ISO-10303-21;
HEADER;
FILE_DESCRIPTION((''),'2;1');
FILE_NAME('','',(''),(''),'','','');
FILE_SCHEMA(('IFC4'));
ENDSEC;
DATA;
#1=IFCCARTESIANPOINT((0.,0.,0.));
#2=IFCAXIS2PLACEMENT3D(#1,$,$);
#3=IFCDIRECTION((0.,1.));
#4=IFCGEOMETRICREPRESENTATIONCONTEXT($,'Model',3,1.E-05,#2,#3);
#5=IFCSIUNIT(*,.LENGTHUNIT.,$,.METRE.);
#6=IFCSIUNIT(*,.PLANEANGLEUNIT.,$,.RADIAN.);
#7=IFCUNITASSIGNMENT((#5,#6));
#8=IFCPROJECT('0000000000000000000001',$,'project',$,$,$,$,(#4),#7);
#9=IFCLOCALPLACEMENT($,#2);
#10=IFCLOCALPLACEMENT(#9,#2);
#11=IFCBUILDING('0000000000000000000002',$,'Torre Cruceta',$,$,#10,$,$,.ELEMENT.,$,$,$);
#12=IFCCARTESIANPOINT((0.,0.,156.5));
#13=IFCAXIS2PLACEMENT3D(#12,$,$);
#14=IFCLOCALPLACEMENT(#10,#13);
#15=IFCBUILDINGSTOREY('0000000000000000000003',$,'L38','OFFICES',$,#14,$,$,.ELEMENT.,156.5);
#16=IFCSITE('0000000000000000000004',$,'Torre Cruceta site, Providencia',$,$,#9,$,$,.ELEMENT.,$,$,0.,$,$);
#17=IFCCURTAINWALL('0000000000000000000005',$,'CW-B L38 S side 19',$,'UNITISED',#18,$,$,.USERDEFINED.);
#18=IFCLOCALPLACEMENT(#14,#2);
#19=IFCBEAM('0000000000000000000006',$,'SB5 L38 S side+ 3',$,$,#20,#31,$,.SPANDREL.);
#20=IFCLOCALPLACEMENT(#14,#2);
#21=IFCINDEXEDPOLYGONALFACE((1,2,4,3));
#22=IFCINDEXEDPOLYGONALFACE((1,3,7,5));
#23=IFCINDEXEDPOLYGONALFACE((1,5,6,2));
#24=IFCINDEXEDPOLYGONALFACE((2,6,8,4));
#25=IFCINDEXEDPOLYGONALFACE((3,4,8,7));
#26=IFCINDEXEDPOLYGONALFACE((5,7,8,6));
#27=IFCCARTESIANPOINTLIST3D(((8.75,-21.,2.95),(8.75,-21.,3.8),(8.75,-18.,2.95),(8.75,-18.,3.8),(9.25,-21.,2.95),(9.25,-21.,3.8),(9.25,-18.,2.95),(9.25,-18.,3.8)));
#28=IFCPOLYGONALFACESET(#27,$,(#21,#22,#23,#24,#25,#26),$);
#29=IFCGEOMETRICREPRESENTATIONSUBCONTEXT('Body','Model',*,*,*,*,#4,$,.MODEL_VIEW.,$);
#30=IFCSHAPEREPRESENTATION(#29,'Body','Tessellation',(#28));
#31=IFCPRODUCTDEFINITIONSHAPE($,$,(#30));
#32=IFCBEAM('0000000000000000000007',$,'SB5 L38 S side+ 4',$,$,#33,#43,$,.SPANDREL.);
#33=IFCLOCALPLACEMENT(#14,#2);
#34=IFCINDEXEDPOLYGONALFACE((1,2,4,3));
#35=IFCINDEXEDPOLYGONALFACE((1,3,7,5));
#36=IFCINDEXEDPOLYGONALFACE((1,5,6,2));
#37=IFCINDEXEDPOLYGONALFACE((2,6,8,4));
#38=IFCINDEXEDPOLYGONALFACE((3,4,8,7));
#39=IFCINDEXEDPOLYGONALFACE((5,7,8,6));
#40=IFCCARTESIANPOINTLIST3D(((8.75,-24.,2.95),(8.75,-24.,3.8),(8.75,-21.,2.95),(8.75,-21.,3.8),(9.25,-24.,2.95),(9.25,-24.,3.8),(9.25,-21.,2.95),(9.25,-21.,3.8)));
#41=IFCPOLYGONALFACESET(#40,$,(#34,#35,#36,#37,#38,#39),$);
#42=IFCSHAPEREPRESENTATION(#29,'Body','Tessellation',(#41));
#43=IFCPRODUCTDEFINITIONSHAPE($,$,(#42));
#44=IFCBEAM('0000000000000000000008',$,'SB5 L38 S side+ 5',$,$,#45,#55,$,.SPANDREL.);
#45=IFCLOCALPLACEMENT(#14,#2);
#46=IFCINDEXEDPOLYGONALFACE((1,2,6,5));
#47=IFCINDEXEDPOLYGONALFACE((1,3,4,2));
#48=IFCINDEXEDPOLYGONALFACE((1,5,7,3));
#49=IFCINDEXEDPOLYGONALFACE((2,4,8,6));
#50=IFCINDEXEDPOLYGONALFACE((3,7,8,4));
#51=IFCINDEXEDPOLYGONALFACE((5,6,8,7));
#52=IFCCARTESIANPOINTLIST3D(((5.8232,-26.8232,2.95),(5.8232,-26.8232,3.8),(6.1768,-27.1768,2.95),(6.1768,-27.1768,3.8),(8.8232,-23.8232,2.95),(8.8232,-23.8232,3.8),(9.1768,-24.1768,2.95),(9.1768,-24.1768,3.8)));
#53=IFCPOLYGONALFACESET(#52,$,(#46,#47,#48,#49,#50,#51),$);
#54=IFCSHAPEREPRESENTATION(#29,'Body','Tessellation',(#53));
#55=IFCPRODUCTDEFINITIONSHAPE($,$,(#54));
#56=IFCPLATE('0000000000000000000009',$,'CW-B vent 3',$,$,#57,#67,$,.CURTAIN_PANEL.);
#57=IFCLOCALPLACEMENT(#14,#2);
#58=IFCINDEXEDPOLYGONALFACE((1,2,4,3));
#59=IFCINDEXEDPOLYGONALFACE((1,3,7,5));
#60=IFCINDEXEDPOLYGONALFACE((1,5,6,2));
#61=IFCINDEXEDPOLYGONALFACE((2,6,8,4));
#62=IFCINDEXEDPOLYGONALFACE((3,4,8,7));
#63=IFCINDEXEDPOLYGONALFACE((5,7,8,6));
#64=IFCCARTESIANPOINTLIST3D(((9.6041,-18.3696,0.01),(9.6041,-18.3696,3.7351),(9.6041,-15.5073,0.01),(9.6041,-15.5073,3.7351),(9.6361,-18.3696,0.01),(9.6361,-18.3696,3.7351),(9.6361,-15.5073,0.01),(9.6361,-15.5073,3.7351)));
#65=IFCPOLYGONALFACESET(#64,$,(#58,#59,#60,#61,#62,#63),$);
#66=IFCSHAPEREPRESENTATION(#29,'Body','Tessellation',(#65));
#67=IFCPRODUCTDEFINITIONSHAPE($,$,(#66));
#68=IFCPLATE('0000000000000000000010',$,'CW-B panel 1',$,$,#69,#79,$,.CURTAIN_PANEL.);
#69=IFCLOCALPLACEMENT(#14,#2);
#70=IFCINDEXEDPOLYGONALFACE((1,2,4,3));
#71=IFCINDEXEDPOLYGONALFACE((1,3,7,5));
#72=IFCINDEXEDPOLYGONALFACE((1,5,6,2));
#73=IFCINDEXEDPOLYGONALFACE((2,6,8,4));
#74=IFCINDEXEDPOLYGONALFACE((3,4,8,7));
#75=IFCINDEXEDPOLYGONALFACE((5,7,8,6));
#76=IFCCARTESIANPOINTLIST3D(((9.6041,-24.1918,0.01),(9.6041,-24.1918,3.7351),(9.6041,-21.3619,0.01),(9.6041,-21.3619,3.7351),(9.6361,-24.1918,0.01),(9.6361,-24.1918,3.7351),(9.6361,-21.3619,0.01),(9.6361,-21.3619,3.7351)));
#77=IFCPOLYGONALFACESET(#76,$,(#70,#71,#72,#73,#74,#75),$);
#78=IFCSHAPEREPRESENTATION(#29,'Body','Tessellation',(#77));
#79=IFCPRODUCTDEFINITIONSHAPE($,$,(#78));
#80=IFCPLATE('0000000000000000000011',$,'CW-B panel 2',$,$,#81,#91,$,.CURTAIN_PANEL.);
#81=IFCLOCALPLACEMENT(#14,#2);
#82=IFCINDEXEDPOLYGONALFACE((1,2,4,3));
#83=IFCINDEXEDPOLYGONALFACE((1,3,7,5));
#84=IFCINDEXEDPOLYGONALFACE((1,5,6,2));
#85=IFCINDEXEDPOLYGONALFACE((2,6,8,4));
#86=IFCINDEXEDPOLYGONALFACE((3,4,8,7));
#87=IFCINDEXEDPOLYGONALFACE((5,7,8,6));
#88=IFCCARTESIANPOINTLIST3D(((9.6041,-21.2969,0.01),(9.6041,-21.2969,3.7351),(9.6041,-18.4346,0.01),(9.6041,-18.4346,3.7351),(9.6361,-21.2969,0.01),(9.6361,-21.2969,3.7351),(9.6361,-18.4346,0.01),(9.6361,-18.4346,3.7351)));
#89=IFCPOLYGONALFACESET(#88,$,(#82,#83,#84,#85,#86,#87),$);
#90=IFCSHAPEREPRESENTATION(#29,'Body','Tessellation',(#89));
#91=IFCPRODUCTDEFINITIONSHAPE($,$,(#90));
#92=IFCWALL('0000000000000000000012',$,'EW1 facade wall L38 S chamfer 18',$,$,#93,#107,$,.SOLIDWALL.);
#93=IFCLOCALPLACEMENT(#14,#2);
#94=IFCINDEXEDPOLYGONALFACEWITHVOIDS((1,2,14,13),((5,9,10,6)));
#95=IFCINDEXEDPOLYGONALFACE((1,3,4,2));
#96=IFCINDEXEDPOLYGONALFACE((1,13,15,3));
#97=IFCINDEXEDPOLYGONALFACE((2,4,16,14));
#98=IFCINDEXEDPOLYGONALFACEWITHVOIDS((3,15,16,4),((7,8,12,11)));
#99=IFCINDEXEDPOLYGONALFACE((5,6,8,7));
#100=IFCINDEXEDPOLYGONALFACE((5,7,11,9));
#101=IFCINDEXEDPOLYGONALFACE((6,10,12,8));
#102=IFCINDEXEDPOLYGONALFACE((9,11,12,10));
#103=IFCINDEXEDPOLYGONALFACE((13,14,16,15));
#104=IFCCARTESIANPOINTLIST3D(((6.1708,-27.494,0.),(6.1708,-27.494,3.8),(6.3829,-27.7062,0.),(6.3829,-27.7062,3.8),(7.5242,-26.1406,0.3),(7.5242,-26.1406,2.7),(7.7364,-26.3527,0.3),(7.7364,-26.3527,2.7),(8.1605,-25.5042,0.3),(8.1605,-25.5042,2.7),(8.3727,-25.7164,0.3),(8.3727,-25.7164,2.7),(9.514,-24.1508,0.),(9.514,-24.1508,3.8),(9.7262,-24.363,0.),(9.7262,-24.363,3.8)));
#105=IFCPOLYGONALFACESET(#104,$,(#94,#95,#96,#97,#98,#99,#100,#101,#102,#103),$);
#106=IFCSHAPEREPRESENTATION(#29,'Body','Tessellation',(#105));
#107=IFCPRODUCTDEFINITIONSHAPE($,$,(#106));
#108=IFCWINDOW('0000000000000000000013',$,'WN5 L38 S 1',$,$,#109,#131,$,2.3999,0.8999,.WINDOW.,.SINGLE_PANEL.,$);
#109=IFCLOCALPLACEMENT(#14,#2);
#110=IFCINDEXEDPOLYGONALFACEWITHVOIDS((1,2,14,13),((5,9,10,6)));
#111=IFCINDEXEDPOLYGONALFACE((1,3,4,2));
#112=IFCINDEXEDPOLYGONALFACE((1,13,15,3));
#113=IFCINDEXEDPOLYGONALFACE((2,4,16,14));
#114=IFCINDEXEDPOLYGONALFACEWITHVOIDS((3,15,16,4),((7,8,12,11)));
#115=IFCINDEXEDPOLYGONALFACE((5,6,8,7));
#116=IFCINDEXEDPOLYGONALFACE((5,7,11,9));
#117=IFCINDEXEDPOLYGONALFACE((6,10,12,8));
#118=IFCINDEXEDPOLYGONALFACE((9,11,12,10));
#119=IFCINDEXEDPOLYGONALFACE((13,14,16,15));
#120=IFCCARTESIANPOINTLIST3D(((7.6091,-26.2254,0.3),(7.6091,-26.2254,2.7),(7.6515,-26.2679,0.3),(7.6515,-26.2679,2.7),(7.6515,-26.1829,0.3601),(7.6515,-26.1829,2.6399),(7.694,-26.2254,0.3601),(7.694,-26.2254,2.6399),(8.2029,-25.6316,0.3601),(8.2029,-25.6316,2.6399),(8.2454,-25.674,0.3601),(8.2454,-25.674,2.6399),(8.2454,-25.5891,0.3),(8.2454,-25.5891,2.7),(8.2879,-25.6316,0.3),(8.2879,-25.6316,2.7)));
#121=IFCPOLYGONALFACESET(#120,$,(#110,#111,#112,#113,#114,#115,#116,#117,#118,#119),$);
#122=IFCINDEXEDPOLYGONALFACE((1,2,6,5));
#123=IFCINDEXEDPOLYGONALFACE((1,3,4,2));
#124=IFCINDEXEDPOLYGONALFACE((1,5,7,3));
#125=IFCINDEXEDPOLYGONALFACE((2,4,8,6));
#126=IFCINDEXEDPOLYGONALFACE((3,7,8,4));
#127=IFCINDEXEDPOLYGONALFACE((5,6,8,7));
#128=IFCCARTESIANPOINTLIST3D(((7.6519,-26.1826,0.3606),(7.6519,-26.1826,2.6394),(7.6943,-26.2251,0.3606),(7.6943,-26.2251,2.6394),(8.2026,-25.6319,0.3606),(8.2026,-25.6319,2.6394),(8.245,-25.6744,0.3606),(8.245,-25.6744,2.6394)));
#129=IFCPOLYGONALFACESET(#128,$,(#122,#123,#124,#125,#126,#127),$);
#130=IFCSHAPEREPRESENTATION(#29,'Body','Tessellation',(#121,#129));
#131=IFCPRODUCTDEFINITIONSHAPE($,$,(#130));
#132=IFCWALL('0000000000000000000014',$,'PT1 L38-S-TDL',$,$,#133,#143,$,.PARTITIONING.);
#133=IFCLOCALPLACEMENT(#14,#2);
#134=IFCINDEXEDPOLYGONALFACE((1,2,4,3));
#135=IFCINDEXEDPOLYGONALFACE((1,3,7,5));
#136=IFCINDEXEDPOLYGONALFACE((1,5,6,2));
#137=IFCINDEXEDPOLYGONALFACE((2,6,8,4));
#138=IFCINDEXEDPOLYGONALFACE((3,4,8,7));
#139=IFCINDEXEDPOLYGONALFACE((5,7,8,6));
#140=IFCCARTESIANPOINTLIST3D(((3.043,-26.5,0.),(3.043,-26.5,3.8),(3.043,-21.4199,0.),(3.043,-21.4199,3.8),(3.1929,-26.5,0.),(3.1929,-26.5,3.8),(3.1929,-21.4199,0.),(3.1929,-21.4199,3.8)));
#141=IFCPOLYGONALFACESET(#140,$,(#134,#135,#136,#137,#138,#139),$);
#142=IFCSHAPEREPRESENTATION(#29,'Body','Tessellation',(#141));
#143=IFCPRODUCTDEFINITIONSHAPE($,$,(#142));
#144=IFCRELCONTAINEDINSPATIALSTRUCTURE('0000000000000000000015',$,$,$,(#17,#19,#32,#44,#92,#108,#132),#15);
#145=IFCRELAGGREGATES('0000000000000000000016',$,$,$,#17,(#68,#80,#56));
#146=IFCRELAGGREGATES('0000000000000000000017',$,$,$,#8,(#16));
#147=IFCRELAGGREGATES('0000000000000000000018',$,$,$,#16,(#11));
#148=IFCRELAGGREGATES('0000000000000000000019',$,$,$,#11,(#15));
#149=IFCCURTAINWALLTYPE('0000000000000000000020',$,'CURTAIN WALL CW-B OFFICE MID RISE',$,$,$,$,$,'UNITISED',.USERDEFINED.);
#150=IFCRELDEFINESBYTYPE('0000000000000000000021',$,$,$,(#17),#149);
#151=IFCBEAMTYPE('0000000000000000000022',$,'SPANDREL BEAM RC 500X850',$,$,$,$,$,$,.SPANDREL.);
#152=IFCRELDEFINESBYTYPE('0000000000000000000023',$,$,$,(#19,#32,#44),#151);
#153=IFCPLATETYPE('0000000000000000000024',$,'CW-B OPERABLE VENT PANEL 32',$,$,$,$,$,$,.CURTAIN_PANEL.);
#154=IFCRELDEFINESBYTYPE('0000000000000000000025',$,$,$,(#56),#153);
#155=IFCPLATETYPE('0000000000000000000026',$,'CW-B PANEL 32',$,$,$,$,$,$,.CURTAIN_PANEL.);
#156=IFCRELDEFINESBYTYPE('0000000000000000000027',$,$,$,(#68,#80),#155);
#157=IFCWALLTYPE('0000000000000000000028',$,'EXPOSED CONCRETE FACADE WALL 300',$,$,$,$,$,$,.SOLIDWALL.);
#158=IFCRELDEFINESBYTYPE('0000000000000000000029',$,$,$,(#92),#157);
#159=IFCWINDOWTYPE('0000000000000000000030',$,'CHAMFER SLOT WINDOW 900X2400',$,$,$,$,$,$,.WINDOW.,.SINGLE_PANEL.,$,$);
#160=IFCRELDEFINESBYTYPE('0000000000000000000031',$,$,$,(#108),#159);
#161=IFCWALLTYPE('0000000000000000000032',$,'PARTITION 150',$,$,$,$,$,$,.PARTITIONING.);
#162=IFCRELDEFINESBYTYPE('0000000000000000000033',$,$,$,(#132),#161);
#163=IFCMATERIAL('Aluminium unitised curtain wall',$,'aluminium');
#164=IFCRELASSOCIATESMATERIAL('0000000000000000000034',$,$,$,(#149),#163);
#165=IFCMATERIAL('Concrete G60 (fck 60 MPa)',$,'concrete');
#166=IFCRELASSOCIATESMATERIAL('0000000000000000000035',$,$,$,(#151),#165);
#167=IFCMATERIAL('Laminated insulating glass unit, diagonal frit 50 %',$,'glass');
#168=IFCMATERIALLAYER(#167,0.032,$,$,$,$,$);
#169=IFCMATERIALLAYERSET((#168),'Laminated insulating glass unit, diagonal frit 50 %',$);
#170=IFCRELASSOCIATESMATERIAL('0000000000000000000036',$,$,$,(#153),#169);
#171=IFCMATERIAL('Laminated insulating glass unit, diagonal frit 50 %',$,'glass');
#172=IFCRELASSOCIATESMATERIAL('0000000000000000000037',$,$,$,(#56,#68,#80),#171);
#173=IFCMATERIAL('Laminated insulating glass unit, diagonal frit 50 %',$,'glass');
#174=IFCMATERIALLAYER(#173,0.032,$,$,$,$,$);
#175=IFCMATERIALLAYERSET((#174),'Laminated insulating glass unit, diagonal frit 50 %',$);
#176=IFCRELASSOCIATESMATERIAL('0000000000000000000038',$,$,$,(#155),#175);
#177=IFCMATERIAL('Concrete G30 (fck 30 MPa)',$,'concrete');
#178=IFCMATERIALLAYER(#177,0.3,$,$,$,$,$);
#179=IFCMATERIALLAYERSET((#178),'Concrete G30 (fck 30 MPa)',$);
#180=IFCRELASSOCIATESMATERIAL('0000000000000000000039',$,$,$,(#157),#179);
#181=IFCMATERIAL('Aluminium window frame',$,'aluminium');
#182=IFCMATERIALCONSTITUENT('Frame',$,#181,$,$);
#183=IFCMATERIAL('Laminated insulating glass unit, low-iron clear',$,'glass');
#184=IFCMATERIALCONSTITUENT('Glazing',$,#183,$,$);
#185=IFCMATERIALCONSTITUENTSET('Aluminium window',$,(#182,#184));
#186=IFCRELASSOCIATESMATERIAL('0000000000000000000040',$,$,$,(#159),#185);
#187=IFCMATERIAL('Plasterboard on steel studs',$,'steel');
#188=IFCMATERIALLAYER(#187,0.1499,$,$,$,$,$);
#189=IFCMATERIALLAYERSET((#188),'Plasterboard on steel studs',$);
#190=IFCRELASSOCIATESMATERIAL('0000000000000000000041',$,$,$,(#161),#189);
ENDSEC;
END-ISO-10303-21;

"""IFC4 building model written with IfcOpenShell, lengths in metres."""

from ifc_helpers import new_model, si_unit, direction, frame, frame_2d, origin, origin_2d, place, context, subcontext, project, spatial, rectangle, hollow_rectangle, extrude, material, layer, layer_set, constituent, constituent_set, material_profile, profile_set, type_object, element, fill, aggregate, save


model = new_model("IFC4")

# Units and contexts
model_context = context("Model", 3, precision=1e-05, world=origin(), true_north=direction((0.0, 1.0)))
body_context = subcontext(model_context, "Body", "Model", "MODEL_VIEW")
ifc_project = project(units=[si_unit("LENGTHUNIT", "METRE"), si_unit("PLANEANGLEUNIT", "RADIAN")], contexts=[model_context])

# Site, building, storey
site_placement = place(None, origin())
site = spatial("IfcSite", under=ifc_project, at=site_placement, Name="Torre Cruceta site, Providencia", CompositionType="ELEMENT", RefElevation=0.0)
building_placement = place(site_placement, origin())
building = spatial("IfcBuilding", under=site, at=building_placement, Name="Torre Cruceta", CompositionType="ELEMENT")
storey_placement = place(building_placement, frame((0.0, 0.0, 156.5)))
storey = spatial("IfcBuildingStorey", under=building, at=storey_placement, Name="L38", Description="OFFICES", CompositionType="ELEMENT", Elevation=156.5)

# Curtain wall
ifc_material_1 = material(Name="Aluminium unitised curtain wall", Category="aluminium")
curtain_wall_type = type_object("IfcCurtainWallType", Name="CURTAIN WALL CW-B OFFICE MID RISE", ElementType="UNITISED", PredefinedType="USERDEFINED", material=ifc_material_1)
curtain_wall_placement = place(storey_placement, origin())
curtain_wall = element("IfcCurtainWall", 1, at=curtain_wall_placement, inside=storey, type_object=curtain_wall_type, Name="CW-B L38 S side 19", ObjectType="UNITISED", PredefinedType="USERDEFINED")

# Beams
ifc_material_2 = material(Name="Concrete G60 (fck 60 MPa)", Category="concrete")
ifc_material_profile_1 = material_profile(ifc_material_2, rectangle(XDim=0.5, YDim=0.8501, at=origin_2d()), Name="RC 500X850")
ifc_profile_set_1 = profile_set([ifc_material_profile_1], Name="Concrete G60 (fck 60 MPa)")
beam_type_1 = type_object("IfcBeamType", Name="SPANDREL BEAM RC 500X850", PredefinedType="SPANDREL", material=ifc_profile_set_1)
for number, where, z_axis, x_axis, name in (
    (2, (9.0, -18.0, 3.375), (0.0, -1.0, 0.0), (1.0, 0.0, 0.0), "SB5 L38 S side+ 3"),
    (3, (9.0, -21.0, 3.375), (0.0, -1.0, 0.0), (1.0, 0.0, 0.0), "SB5 L38 S side+ 4"),
):
    element("IfcBeam", number, at=place(storey_placement, frame(where, z_axis=z_axis, x_axis=x_axis)), inside=storey, type_object=beam_type_1, Name=name, PredefinedType="SPANDREL", context=body_context, shape_type="SweptSolid", body=[
        extrude(rectangle(XDim=0.5, YDim=0.8501, at=origin_2d()), origin(), (0.0, 0.0, 1.0), 3.0),
    ])
beam_1_placement = place(storey_placement, frame((9.0, -24.0, 3.375), z_axis=(-0.707107, -0.707107, 0.0), x_axis=(0.707107, -0.707107, 0.0)))
element("IfcBeam", 4, at=beam_1_placement, inside=storey, type_object=beam_type_1, Name="SB5 L38 S side+ 5", PredefinedType="SPANDREL", context=body_context, shape_type="SweptSolid", body=[
    extrude(rectangle(XDim=0.5, YDim=0.8501, at=origin_2d()), origin(), (0.0, 0.0, 1.0), 4.2427),
])

# Plates
ifc_material_3 = material(Name="Laminated insulating glass unit, diagonal frit 50 %", Category="glass")
ifc_material_4 = material(Name="Laminated insulating glass unit, diagonal frit 50 %", Category="glass")
ifc_layer_1 = layer(ifc_material_4, 0.032)
ifc_layer_set_1 = layer_set([ifc_layer_1], Name="Laminated insulating glass unit, diagonal frit 50 %")
plate_type_1 = type_object("IfcPlateType", Name="CW-B OPERABLE VENT PANEL 32", PredefinedType="CURTAIN_PANEL", material=ifc_layer_set_1)
plate_1_placement = place(storey_placement, frame((9.6201, -16.9385, 0.01), z_axis=(0.0, 0.0, 1.0), x_axis=(0.0, 1.0, 0.0)))
plate_1 = element("IfcPlate", 5, at=plate_1_placement, type_object=plate_type_1, material=ifc_material_3, Name="CW-B vent 3", PredefinedType="CURTAIN_PANEL", context=body_context, shape_type="SweptSolid", body=[
    extrude(rectangle(XDim=2.8623, YDim=0.032, at=origin_2d()), origin(), (0.0, 0.0, 1.0), 3.7251),
])
ifc_material_5 = material(Name="Laminated insulating glass unit, diagonal frit 50 %", Category="glass")
ifc_layer_2 = layer(ifc_material_5, 0.032)
ifc_layer_set_2 = layer_set([ifc_layer_2], Name="Laminated insulating glass unit, diagonal frit 50 %")
plate_type_2 = type_object("IfcPlateType", Name="CW-B PANEL 32", PredefinedType="CURTAIN_PANEL", material=ifc_layer_set_2)
plate_2_placement = place(storey_placement, frame((9.6201, -22.7769, 0.01), z_axis=(0.0, 0.0, 1.0), x_axis=(0.0, 1.0, 0.0)))
plate_2 = element("IfcPlate", 6, at=plate_2_placement, type_object=plate_type_2, material=ifc_material_3, Name="CW-B panel 1", PredefinedType="CURTAIN_PANEL", context=body_context, shape_type="SweptSolid", body=[
    extrude(rectangle(XDim=2.8298, YDim=0.032, at=origin_2d()), origin(), (0.0, 0.0, 1.0), 3.7251),
])
plate_3_placement = place(storey_placement, frame((9.6201, -19.8657, 0.01), z_axis=(0.0, 0.0, 1.0), x_axis=(0.0, 1.0, 0.0)))
plate_3 = element("IfcPlate", 7, at=plate_3_placement, type_object=plate_type_2, material=ifc_material_3, Name="CW-B panel 2", PredefinedType="CURTAIN_PANEL", context=body_context, shape_type="SweptSolid", body=[
    extrude(rectangle(XDim=2.8623, YDim=0.032, at=origin_2d()), origin(), (0.0, 0.0, 1.0), 3.7251),
])
aggregate(curtain_wall, [plate_2, plate_3, plate_1])

# Wall, opening, window
ifc_material_6 = material(Name="Concrete G30 (fck 30 MPa)", Category="concrete")
ifc_layer_3 = layer(ifc_material_6, 0.3)
ifc_layer_set_3 = layer_set([ifc_layer_3], Name="Concrete G30 (fck 30 MPa)")
wall_type_1 = type_object("IfcWallType", Name="EXPOSED CONCRETE FACADE WALL 300", PredefinedType="SOLIDWALL", material=ifc_layer_set_3)
wall_1_placement = place(storey_placement, frame((6.2769, -27.6001, 0.0), z_axis=(0.0, 0.0, 1.0), x_axis=(0.707107, 0.707107, 0.0)))
wall_1 = element("IfcWall", 8, at=wall_1_placement, inside=storey, type_object=wall_type_1, Name="EW1 facade wall L38 S chamfer 18", PredefinedType="SOLIDWALL", context=body_context, shape_type="SweptSolid", body=[
    extrude(rectangle(XDim=4.728, YDim=0.3, at=frame_2d((2.364, 0.0))), origin(), (0.0, 0.0, 1.0), 3.8),
])
opening_1_placement = place(wall_1_placement, frame((1.9141, 0.0, 0.3)))
opening_1 = element("IfcOpeningElement", 9, at=opening_1_placement, cuts=wall_1, PredefinedType="OPENING", context=body_context, shape_type="SweptSolid", body=[
    extrude(rectangle(XDim=0.8999, YDim=2.3999, at=frame_2d((0.45, 1.2))), frame((0.0, 0.1599, 0.0), z_axis=(0.0, -1.0, 0.0), x_axis=(1.0, 0.0, 0.0)), (0.0, 0.0, 1.0), 0.3201),
])
ifc_material_7 = material(Name="Aluminium window frame", Category="aluminium")
ifc_constituent_1 = constituent(ifc_material_7, Name="Frame")
ifc_material_8 = material(Name="Laminated insulating glass unit, low-iron clear", Category="glass")
ifc_constituent_2 = constituent(ifc_material_8, Name="Glazing")
ifc_constituent_set_1 = constituent_set(constituents=[ifc_constituent_1, ifc_constituent_2], Name="Aluminium window")
window_type = type_object("IfcWindowType", Name="CHAMFER SLOT WINDOW 900X2400", PartitioningType="SINGLE_PANEL", PredefinedType="WINDOW", material=ifc_constituent_set_1)
window_placement = place(opening_1_placement, origin())
window = element("IfcWindow", 10, at=window_placement, inside=storey, type_object=window_type, Name="WN5 L38 S 1", OverallHeight=2.3999, OverallWidth=0.8999, PartitioningType="SINGLE_PANEL", PredefinedType="WINDOW", context=body_context, shape_type="SweptSolid", body=[
    extrude(hollow_rectangle(XDim=0.8999, YDim=2.3999, WallThickness=0.0601, at=frame_2d((0.45, 1.2))), frame((0.0, 0.03, 0.0), z_axis=(0.0, -1.0, 0.0), x_axis=(1.0, 0.0, 0.0)), (0.0, 0.0, 1.0), 0.0601),
    extrude(rectangle(XDim=0.7788, YDim=2.2788, at=frame_2d((0.45, 1.2))), frame((0.0, 0.03, 0.0), z_axis=(0.0, -1.0, 0.0), x_axis=(1.0, 0.0, 0.0)), (0.0, 0.0, 1.0), 0.0601),
])
fill(opening_1, window)

# Wall
ifc_material_9 = material(Name="Plasterboard on steel studs", Category="steel")
ifc_layer_4 = layer(ifc_material_9, 0.1499)
ifc_layer_set_4 = layer_set([ifc_layer_4], Name="Plasterboard on steel studs")
wall_type_2 = type_object("IfcWallType", Name="PARTITION 150", PredefinedType="PARTITIONING", material=ifc_layer_set_4)
wall_2_placement = place(storey_placement, frame((3.1179, -21.4199, 0.0), z_axis=(0.0, 0.0, 1.0), x_axis=(0.0, -1.0, 0.0)))
element("IfcWall", 11, at=wall_2_placement, inside=storey, type_object=wall_type_2, Name="PT1 L38-S-TDL", PredefinedType="PARTITIONING", context=body_context, shape_type="SweptSolid", body=[
    extrude(rectangle(XDim=5.0801, YDim=0.1499, at=frame_2d((2.54, 0.0))), origin(), (0.0, 0.0, 1.0), 3.8),
])

save(model, "model.ifc")
